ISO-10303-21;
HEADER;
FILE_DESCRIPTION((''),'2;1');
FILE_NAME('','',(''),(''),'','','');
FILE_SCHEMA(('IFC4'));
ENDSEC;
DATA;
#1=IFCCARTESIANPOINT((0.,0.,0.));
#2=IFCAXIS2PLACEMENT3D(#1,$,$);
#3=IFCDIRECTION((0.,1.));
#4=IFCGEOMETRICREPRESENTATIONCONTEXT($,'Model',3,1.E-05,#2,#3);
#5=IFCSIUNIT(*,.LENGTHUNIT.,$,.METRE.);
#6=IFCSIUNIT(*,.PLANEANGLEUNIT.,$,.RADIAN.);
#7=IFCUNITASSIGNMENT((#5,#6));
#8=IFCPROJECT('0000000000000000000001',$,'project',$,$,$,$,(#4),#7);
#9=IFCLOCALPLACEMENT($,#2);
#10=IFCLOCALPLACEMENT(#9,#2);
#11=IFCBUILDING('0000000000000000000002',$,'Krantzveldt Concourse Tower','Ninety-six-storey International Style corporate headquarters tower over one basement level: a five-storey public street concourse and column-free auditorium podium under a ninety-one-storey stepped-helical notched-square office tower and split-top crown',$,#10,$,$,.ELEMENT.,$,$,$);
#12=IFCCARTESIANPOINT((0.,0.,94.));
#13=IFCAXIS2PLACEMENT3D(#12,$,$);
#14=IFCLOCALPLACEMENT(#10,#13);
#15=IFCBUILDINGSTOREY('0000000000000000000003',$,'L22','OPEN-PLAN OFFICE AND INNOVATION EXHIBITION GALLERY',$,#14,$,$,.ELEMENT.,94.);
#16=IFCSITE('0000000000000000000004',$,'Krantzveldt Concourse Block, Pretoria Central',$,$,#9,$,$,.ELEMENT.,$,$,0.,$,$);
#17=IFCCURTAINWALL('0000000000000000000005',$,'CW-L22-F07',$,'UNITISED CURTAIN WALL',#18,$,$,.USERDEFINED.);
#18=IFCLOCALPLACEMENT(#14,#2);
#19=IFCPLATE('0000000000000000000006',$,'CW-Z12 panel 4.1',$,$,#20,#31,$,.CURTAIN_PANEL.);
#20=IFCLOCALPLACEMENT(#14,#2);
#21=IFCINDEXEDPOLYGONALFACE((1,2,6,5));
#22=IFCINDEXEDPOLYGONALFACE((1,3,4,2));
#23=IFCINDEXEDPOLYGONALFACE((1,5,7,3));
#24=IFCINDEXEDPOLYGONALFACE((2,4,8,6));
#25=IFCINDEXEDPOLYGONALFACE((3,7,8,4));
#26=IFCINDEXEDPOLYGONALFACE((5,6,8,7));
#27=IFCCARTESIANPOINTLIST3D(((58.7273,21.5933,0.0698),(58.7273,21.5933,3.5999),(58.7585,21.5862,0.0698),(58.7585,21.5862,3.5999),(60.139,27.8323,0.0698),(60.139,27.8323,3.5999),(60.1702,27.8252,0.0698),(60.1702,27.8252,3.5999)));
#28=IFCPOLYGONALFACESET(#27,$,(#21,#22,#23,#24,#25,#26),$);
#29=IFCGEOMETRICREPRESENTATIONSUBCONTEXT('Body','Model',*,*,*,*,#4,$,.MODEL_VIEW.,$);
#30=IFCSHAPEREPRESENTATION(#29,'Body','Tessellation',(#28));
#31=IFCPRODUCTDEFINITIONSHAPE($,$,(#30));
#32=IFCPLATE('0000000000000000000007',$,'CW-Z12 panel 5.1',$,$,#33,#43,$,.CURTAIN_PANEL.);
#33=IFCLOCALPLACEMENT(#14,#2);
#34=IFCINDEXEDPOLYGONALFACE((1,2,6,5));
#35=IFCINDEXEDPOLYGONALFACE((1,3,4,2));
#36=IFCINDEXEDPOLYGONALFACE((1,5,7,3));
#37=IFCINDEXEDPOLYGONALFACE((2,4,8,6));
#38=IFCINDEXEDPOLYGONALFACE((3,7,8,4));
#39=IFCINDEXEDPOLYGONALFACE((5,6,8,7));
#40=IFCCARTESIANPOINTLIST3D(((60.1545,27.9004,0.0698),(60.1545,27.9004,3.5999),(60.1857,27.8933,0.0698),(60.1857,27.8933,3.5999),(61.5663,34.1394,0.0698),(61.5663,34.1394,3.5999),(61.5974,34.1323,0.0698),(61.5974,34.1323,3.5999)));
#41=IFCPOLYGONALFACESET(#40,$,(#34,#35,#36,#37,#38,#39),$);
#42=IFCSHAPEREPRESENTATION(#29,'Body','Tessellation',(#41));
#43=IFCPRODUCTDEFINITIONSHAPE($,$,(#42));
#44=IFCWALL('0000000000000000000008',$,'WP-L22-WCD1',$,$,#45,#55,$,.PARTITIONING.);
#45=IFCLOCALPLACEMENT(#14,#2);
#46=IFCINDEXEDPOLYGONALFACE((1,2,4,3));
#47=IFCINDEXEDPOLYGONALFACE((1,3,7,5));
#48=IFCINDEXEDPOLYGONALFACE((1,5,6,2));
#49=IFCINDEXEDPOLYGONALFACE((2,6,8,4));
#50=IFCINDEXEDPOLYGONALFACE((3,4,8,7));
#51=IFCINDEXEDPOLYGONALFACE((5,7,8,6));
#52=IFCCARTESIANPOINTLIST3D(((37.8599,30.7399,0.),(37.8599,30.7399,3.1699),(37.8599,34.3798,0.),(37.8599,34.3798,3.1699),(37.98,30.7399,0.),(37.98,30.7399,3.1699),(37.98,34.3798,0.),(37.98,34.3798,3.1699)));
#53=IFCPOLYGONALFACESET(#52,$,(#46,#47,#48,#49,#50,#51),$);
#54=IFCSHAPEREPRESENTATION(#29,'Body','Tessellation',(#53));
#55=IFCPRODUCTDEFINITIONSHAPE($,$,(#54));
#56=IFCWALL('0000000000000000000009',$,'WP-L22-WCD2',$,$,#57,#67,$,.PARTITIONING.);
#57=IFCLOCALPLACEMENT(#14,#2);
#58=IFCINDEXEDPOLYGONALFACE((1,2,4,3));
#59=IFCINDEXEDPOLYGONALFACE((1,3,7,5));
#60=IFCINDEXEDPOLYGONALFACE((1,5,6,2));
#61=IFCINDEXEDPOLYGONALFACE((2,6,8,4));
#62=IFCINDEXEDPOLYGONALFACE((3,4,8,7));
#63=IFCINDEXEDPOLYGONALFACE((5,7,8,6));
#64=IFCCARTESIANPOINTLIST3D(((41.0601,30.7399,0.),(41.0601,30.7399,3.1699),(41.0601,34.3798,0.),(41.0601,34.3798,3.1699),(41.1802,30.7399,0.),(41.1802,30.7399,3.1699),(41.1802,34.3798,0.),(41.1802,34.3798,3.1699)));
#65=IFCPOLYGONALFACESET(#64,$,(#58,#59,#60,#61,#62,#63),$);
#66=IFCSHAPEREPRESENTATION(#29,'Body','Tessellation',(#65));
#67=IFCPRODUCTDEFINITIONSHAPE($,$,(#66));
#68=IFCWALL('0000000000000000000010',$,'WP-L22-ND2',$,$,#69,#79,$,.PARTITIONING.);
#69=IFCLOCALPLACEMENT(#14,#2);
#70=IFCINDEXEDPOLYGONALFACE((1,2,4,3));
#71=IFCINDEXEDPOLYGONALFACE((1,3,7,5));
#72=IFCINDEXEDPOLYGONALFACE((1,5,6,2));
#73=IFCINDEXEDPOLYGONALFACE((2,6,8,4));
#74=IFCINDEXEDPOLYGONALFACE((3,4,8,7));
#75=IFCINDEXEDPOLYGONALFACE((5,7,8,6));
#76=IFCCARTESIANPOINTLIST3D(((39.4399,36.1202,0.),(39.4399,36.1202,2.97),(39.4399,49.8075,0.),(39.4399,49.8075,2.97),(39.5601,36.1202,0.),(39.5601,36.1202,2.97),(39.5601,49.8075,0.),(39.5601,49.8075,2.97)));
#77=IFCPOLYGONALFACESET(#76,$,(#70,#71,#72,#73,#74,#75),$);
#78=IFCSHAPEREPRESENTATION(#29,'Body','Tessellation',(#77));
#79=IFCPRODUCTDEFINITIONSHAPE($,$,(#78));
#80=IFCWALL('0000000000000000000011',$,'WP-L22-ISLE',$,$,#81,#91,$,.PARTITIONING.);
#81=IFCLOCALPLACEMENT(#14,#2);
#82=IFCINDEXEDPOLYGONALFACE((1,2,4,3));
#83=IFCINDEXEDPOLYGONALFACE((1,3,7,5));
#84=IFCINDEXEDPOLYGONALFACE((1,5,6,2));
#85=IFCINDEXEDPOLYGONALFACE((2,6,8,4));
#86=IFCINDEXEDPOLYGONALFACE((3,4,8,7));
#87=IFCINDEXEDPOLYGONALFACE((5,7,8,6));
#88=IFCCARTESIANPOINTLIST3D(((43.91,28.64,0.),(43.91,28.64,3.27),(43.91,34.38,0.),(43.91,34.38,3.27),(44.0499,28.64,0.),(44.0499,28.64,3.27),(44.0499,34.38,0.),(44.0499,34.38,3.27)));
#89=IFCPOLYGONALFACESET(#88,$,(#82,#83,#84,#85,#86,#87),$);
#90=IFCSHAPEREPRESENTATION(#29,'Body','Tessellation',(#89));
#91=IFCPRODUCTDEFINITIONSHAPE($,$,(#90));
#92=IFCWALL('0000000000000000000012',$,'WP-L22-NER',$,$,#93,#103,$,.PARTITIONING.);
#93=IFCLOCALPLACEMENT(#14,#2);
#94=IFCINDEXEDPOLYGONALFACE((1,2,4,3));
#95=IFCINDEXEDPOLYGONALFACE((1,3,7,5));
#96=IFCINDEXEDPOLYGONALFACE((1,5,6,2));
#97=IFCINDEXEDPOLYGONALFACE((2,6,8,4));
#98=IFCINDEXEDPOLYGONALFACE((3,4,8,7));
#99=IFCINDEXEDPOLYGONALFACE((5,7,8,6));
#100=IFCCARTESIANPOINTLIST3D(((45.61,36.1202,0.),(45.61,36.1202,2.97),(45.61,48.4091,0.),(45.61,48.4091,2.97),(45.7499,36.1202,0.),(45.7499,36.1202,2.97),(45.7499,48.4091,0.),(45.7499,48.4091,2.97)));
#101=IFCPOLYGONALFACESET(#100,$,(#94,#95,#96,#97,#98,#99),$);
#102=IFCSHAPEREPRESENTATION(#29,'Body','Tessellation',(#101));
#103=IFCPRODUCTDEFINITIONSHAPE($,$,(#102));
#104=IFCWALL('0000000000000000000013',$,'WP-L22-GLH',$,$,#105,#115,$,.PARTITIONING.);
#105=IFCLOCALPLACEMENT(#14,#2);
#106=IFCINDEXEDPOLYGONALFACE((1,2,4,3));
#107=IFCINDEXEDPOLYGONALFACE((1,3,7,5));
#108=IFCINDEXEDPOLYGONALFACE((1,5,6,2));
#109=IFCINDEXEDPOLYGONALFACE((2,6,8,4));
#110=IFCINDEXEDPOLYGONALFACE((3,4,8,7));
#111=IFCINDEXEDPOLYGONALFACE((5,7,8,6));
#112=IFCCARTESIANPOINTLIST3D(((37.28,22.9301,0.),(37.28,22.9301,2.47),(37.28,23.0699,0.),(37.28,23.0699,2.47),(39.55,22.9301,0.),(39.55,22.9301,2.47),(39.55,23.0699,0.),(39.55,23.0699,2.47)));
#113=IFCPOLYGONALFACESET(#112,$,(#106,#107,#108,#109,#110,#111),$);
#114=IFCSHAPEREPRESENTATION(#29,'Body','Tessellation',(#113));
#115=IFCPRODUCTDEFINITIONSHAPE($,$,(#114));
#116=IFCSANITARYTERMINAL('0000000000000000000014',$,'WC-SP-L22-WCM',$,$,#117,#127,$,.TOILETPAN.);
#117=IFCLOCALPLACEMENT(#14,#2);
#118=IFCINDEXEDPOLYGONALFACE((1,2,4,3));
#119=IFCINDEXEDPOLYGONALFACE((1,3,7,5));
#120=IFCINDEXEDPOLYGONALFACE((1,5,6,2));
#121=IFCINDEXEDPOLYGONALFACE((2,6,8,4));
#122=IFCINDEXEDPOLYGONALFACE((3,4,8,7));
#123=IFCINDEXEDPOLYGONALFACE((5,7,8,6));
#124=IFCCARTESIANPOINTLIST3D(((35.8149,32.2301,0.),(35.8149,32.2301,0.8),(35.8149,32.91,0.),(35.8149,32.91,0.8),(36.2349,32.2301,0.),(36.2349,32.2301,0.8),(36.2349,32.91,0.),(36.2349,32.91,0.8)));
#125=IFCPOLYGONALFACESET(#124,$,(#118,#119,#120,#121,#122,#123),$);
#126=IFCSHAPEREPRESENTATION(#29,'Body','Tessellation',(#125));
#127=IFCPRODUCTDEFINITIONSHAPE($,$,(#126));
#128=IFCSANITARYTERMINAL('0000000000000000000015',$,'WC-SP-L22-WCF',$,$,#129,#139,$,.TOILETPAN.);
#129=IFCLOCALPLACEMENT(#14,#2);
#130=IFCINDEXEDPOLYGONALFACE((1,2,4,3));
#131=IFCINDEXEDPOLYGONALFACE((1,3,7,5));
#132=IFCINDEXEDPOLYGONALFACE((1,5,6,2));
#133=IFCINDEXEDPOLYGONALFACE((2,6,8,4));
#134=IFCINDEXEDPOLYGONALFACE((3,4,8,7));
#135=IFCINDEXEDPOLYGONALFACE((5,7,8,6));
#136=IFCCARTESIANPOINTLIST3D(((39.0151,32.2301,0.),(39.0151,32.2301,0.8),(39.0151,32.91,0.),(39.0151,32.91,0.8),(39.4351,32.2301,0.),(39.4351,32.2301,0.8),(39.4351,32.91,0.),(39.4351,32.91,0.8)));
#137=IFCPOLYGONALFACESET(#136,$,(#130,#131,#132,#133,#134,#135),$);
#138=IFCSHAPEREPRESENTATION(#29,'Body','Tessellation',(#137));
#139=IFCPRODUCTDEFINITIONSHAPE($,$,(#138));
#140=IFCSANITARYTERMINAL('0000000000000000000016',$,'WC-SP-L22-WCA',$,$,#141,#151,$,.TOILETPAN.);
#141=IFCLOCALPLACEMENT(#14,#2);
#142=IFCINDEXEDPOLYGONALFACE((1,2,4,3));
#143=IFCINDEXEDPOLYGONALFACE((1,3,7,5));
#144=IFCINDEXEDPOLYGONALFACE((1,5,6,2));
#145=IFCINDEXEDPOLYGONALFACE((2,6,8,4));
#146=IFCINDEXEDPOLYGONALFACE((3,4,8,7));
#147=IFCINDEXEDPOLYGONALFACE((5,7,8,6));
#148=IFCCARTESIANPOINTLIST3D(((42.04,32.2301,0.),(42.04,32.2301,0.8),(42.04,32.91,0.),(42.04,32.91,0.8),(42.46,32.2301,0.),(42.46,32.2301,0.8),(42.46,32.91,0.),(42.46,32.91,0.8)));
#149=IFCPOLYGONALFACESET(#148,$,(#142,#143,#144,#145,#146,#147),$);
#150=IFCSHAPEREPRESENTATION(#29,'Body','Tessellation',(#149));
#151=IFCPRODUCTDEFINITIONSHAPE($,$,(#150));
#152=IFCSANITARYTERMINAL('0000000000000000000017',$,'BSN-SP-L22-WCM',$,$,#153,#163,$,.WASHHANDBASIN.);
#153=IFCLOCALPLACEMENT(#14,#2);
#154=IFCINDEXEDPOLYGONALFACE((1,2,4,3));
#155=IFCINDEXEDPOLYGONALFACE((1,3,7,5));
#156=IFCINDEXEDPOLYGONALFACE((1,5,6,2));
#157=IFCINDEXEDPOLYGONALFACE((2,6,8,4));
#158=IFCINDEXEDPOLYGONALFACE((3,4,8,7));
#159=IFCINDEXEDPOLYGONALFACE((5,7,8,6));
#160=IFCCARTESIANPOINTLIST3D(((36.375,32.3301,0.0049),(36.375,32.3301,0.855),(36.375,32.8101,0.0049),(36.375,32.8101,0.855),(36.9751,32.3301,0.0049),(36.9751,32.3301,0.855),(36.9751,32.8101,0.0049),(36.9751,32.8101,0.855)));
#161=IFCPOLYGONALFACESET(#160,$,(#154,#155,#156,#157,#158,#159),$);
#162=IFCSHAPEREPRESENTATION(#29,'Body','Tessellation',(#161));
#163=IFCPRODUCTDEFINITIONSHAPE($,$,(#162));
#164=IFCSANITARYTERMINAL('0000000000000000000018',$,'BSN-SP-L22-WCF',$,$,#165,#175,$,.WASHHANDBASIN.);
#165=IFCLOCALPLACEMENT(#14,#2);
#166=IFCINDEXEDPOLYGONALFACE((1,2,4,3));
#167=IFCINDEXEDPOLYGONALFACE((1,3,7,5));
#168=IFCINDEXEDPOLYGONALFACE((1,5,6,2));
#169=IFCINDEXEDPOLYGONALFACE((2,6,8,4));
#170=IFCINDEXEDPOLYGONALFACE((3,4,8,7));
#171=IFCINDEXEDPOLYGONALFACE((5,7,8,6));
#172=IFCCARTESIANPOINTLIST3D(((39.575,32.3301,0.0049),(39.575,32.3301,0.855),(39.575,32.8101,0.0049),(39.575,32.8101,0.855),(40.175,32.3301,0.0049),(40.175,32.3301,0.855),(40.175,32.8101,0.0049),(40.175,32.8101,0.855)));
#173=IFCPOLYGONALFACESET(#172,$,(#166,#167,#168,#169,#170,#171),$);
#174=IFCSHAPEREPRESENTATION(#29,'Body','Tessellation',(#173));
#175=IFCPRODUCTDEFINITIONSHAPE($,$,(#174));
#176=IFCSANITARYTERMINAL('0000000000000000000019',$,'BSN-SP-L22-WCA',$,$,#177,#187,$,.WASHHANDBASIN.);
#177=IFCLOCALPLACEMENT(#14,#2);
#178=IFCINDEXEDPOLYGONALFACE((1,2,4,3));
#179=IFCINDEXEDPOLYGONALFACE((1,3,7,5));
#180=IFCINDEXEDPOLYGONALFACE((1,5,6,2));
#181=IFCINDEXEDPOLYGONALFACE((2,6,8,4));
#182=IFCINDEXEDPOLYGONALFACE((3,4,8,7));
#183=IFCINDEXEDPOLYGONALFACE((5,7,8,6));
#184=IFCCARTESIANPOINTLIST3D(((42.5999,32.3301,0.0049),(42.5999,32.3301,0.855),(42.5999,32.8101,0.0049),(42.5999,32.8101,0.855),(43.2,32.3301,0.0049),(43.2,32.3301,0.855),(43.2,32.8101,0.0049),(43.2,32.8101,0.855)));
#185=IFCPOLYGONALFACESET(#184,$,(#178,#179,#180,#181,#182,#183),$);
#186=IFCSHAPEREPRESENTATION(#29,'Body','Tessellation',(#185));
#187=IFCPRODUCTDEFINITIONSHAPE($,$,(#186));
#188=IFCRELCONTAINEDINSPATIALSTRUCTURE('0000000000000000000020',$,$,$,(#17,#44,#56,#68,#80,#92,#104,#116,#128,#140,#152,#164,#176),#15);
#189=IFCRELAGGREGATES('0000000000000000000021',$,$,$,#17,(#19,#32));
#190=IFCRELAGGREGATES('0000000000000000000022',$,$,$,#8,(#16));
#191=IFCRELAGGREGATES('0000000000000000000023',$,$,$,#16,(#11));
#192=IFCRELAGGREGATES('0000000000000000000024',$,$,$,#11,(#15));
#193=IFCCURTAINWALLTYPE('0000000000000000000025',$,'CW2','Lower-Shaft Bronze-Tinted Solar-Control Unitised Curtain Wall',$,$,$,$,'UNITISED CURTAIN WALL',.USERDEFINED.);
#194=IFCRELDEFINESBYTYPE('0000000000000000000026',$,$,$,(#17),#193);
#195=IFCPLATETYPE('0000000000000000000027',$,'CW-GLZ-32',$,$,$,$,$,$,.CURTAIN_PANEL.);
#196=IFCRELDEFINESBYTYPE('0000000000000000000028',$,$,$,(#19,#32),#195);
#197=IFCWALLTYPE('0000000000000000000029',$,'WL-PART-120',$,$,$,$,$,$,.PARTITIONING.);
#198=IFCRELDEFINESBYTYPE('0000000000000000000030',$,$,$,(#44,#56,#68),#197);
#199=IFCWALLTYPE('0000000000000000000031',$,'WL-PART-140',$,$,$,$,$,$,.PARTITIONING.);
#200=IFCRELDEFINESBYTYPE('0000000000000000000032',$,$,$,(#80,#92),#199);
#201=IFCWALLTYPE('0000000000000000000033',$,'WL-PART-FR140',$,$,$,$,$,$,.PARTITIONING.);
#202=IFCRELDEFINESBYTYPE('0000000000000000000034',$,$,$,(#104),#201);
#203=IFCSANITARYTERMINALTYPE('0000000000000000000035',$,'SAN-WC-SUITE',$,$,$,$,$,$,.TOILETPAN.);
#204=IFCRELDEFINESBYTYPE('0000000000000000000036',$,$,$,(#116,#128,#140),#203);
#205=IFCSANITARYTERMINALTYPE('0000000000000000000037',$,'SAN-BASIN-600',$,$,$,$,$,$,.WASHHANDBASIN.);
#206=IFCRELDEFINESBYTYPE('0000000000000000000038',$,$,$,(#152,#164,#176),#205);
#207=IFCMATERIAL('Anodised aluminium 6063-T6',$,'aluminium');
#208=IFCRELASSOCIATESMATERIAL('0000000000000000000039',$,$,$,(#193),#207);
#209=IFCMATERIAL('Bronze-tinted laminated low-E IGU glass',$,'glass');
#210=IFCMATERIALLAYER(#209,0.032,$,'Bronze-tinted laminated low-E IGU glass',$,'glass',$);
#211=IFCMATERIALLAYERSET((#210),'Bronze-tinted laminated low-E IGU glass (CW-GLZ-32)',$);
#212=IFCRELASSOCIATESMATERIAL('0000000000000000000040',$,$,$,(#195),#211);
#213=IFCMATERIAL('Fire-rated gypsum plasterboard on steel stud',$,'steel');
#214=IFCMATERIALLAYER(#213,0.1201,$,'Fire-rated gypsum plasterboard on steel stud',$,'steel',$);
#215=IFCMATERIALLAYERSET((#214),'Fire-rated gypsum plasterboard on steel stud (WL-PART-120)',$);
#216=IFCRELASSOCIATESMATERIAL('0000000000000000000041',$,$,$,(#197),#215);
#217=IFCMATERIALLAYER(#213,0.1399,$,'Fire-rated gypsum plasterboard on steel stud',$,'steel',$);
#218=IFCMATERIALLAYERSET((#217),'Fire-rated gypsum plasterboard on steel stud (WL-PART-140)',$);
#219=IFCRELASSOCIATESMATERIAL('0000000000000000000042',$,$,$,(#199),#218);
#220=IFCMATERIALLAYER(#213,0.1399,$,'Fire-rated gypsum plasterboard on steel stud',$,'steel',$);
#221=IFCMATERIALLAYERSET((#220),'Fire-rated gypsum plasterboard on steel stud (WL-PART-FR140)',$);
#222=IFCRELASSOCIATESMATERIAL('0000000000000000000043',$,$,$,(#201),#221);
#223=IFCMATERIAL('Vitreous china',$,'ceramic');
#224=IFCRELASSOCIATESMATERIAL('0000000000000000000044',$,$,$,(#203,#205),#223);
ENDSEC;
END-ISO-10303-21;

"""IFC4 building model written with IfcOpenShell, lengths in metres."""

from ifc_helpers import new_model, si_unit, direction, frame, frame_2d, origin, origin_2d, place, context, subcontext, project, spatial, rectangle, extrude, source, transform, mapped, material, layer, layer_set, type_object, type_shapes, element, aggregate, save


model = new_model("IFC4")

# Units and contexts
model_context = context("Model", 3, precision=1e-05, world=origin(), true_north=direction((0.0, 1.0)))
body_context = subcontext(model_context, "Body", "Model", "MODEL_VIEW")
ifc_project = project(units=[si_unit("LENGTHUNIT", "METRE"), si_unit("PLANEANGLEUNIT", "RADIAN")], contexts=[model_context])

# Site, building, storey
site_placement = place(None, origin())
site = spatial("IfcSite", under=ifc_project, at=site_placement, Name="Krantzveldt Concourse Block, Pretoria Central", CompositionType="ELEMENT", RefElevation=0.0)
building_placement = place(site_placement, origin())
building = spatial("IfcBuilding", under=site, at=building_placement, Name="Krantzveldt Concourse Tower", Description="Ninety-six-storey International Style corporate headquarters tower over one basement level: a five-storey public street concourse and column-free auditorium podium under a ninety-one-storey stepped-helical notched-square office tower and split-top crown", CompositionType="ELEMENT")
storey_placement = place(building_placement, frame((0.0, 0.0, 94.0)))
storey = spatial("IfcBuildingStorey", under=building, at=storey_placement, Name="L22", Description="OPEN-PLAN OFFICE AND INNOVATION EXHIBITION GALLERY", CompositionType="ELEMENT", Elevation=94.0)

# Curtain wall, plates
ifc_material_1 = material(Name="Anodised aluminium 6063-T6", Category="aluminium")
curtain_wall_type = type_object("IfcCurtainWallType", Name="CW2", Description="Lower-Shaft Bronze-Tinted Solar-Control Unitised Curtain Wall", ElementType="UNITISED CURTAIN WALL", PredefinedType="USERDEFINED", material=ifc_material_1)
curtain_wall_placement = place(storey_placement, origin())
curtain_wall = element("IfcCurtainWall", 1, at=curtain_wall_placement, inside=storey, type_object=curtain_wall_type, Name="CW-L22-F07", ObjectType="UNITISED CURTAIN WALL", PredefinedType="USERDEFINED")
ifc_material_2 = material(Name="Bronze-tinted laminated low-E IGU glass", Category="glass")
ifc_layer_1 = layer(ifc_material_2, 0.032, Name="Bronze-tinted laminated low-E IGU glass", Category="glass")
ifc_layer_set_1 = layer_set([ifc_layer_1], Name="Bronze-tinted laminated low-E IGU glass (CW-GLZ-32)")
plate_type = type_object("IfcPlateType", Name="CW-GLZ-32", PredefinedType="CURTAIN_PANEL", material=ifc_layer_set_1)
shared_shape_1 = source(origin(), body_context, "Body", "SweptSolid", [
    extrude(rectangle(XDim=6.3967, YDim=0.032, at=origin_2d()), origin(), (0.0, 0.0, 1.0), 3.53),
])
type_shapes(plate_type, [shared_shape_1])
plate_1_placement = place(storey_placement, frame((59.4487, 24.7092, 0.0698), z_axis=(0.0, 0.0, 1.0), x_axis=(0.220697, 0.975342, 0.0)))
plate_1 = element("IfcPlate", 2, at=plate_1_placement, type_object=plate_type, Name="CW-Z12 panel 4.1", PredefinedType="CURTAIN_PANEL", context=body_context, shape_type="MappedRepresentation", body=[
    mapped(shared_shape_1, transform((0.0, 0.0, 0.0), x_axis=(1.0, 0.0, 0.0), y_axis=(0.0, 1.0, 0.0), z_axis=(0.0, 0.0, 1.0), scale=1.0)),
])
plate_2_placement = place(storey_placement, frame((60.876, 31.0164, 0.0698), z_axis=(0.0, 0.0, 1.0), x_axis=(0.220697, 0.975342, 0.0)))
plate_2 = element("IfcPlate", 3, at=plate_2_placement, type_object=plate_type, Name="CW-Z12 panel 5.1", PredefinedType="CURTAIN_PANEL", context=body_context, shape_type="MappedRepresentation", body=[
    mapped(shared_shape_1, transform((0.0, 0.0, 0.0), x_axis=(1.0, 0.0, 0.0), y_axis=(0.0, 1.0, 0.0), z_axis=(0.0, 0.0, 1.0), scale=1.0)),
])
aggregate(curtain_wall, [plate_1, plate_2])

# Walls
ifc_material_3 = material(Name="Fire-rated gypsum plasterboard on steel stud", Category="steel")
ifc_layer_2 = layer(ifc_material_3, 0.1201, Name="Fire-rated gypsum plasterboard on steel stud", Category="steel")
ifc_layer_set_2 = layer_set([ifc_layer_2], Name="Fire-rated gypsum plasterboard on steel stud (WL-PART-120)")
wall_type_1 = type_object("IfcWallType", Name="WL-PART-120", PredefinedType="PARTITIONING", material=ifc_layer_set_2)
for number, where, z_axis, x_axis, name in (
    (4, (37.9199, 30.74, 0.0), (0.0, 0.0, 1.0), (0.0, 1.0, 0.0), "WP-L22-WCD1"),
    (5, (41.1201, 30.74, 0.0), (0.0, 0.0, 1.0), (0.0, 1.0, 0.0), "WP-L22-WCD2"),
):
    element("IfcWall", number, at=place(storey_placement, frame(where, z_axis=z_axis, x_axis=x_axis)), inside=storey, type_object=wall_type_1, Name=name, PredefinedType="PARTITIONING", context=body_context, shape_type="SweptSolid", body=[
        extrude(rectangle(XDim=3.6399, YDim=0.1201, at=frame_2d((1.8198, 0.0))), origin(), (0.0, 0.0, 1.0), 3.1699),
    ])
wall_1_placement = place(storey_placement, frame((39.5, 36.1201, 0.0), z_axis=(0.0, 0.0, 1.0), x_axis=(0.0, 1.0, 0.0)))
element("IfcWall", 6, at=wall_1_placement, inside=storey, type_object=wall_type_1, Name="WP-L22-ND2", PredefinedType="PARTITIONING", context=body_context, shape_type="SweptSolid", body=[
    extrude(rectangle(XDim=13.6873, YDim=0.1201, at=frame_2d((6.8438, 0.0))), origin(), (0.0, 0.0, 1.0), 2.97),
])
ifc_layer_3 = layer(ifc_material_3, 0.1399, Name="Fire-rated gypsum plasterboard on steel stud", Category="steel")
ifc_layer_set_3 = layer_set([ifc_layer_3], Name="Fire-rated gypsum plasterboard on steel stud (WL-PART-140)")
wall_type_2 = type_object("IfcWallType", Name="WL-PART-140", PredefinedType="PARTITIONING", material=ifc_layer_set_3)
wall_2_placement = place(storey_placement, frame((43.98, 28.6399, 0.0), z_axis=(0.0, 0.0, 1.0), x_axis=(0.0, 1.0, 0.0)))
element("IfcWall", 7, at=wall_2_placement, inside=storey, type_object=wall_type_2, Name="WP-L22-ISLE", PredefinedType="PARTITIONING", context=body_context, shape_type="SweptSolid", body=[
    extrude(rectangle(XDim=5.74, YDim=0.1399, at=frame_2d((2.8701, 0.0))), origin(), (0.0, 0.0, 1.0), 3.27),
])
wall_3_placement = place(storey_placement, frame((45.6799, 36.1201, 0.0), z_axis=(0.0, 0.0, 1.0), x_axis=(0.0, 1.0, 0.0)))
element("IfcWall", 8, at=wall_3_placement, inside=storey, type_object=wall_type_2, Name="WP-L22-NER", PredefinedType="PARTITIONING", context=body_context, shape_type="SweptSolid", body=[
    extrude(rectangle(XDim=12.2888, YDim=0.1399, at=frame_2d((6.1445, 0.0))), origin(), (0.0, 0.0, 1.0), 2.97),
])
ifc_layer_4 = layer(ifc_material_3, 0.1399, Name="Fire-rated gypsum plasterboard on steel stud", Category="steel")
ifc_layer_set_4 = layer_set([ifc_layer_4], Name="Fire-rated gypsum plasterboard on steel stud (WL-PART-FR140)")
wall_type_3 = type_object("IfcWallType", Name="WL-PART-FR140", PredefinedType="PARTITIONING", material=ifc_layer_set_4)
wall_4_placement = place(storey_placement, frame((37.28, 23.0, 0.0), z_axis=(0.0, 0.0, 1.0), x_axis=(1.0, 0.0, 0.0)))
element("IfcWall", 9, at=wall_4_placement, inside=storey, type_object=wall_type_3, Name="WP-L22-GLH", PredefinedType="PARTITIONING", context=body_context, shape_type="SweptSolid", body=[
    extrude(rectangle(XDim=2.27, YDim=0.1399, at=frame_2d((1.135, 0.0))), origin(), (0.0, 0.0, 1.0), 2.47),
])

# Sanitary terminals
ifc_material_4 = material(Name="Vitreous china", Category="ceramic")
sanitary_terminal_type_1 = type_object("IfcSanitaryTerminalType", Name="SAN-WC-SUITE", PredefinedType="TOILETPAN", material=ifc_material_4)
shared_shape_2 = source(origin(), body_context, "Body", "SweptSolid", [
    extrude(rectangle(XDim=0.4199, YDim=0.6799, at=origin_2d()), origin(), (0.0, 0.0, 1.0), 0.8),
])
type_shapes(sanitary_terminal_type_1, [shared_shape_2])
for number, where, z_axis, x_axis, name in (
    (10, (36.0249, 32.5701, 0.0), (0.0, 0.0, 1.0), (1.0, 0.0, 0.0), "WC-SP-L22-WCM"),
    (11, (39.2251, 32.5701, 0.0), (0.0, 0.0, 1.0), (1.0, 0.0, 0.0), "WC-SP-L22-WCF"),
    (12, (42.25, 32.5701, 0.0), (0.0, 0.0, 1.0), (1.0, 0.0, 0.0), "WC-SP-L22-WCA"),
):
    element("IfcSanitaryTerminal", number, at=place(storey_placement, frame(where, z_axis=z_axis, x_axis=x_axis)), inside=storey, type_object=sanitary_terminal_type_1, Name=name, PredefinedType="TOILETPAN", context=body_context, shape_type="MappedRepresentation", body=[
        mapped(shared_shape_2, transform((0.0, 0.0, 0.0), x_axis=(1.0, 0.0, 0.0), y_axis=(0.0, 1.0, 0.0), z_axis=(0.0, 0.0, 1.0), scale=1.0)),
    ])
sanitary_terminal_type_2 = type_object("IfcSanitaryTerminalType", Name="SAN-BASIN-600", PredefinedType="WASHHANDBASIN", material=ifc_material_4)
shared_shape_3 = source(origin(), body_context, "Body", "SweptSolid", [
    extrude(rectangle(XDim=0.6001, YDim=0.48, at=origin_2d()), origin(), (0.0, 0.0, 1.0), 0.8501),
])
type_shapes(sanitary_terminal_type_2, [shared_shape_3])
for number, where, z_axis, x_axis, name in (
    (13, (36.675, 32.5701, 0.0049), (0.0, 0.0, 1.0), (1.0, 0.0, 0.0), "BSN-SP-L22-WCM"),
    (14, (39.875, 32.5701, 0.0049), (0.0, 0.0, 1.0), (1.0, 0.0, 0.0), "BSN-SP-L22-WCF"),
    (15, (42.8999, 32.5701, 0.0049), (0.0, 0.0, 1.0), (1.0, 0.0, 0.0), "BSN-SP-L22-WCA"),
):
    element("IfcSanitaryTerminal", number, at=place(storey_placement, frame(where, z_axis=z_axis, x_axis=x_axis)), inside=storey, type_object=sanitary_terminal_type_2, Name=name, PredefinedType="WASHHANDBASIN", context=body_context, shape_type="MappedRepresentation", body=[
        mapped(shared_shape_3, transform((0.0, 0.0, 0.0), x_axis=(1.0, 0.0, 0.0), y_axis=(0.0, 1.0, 0.0), z_axis=(0.0, 0.0, 1.0), scale=1.0)),
    ])

save(model, "model.ifc")
